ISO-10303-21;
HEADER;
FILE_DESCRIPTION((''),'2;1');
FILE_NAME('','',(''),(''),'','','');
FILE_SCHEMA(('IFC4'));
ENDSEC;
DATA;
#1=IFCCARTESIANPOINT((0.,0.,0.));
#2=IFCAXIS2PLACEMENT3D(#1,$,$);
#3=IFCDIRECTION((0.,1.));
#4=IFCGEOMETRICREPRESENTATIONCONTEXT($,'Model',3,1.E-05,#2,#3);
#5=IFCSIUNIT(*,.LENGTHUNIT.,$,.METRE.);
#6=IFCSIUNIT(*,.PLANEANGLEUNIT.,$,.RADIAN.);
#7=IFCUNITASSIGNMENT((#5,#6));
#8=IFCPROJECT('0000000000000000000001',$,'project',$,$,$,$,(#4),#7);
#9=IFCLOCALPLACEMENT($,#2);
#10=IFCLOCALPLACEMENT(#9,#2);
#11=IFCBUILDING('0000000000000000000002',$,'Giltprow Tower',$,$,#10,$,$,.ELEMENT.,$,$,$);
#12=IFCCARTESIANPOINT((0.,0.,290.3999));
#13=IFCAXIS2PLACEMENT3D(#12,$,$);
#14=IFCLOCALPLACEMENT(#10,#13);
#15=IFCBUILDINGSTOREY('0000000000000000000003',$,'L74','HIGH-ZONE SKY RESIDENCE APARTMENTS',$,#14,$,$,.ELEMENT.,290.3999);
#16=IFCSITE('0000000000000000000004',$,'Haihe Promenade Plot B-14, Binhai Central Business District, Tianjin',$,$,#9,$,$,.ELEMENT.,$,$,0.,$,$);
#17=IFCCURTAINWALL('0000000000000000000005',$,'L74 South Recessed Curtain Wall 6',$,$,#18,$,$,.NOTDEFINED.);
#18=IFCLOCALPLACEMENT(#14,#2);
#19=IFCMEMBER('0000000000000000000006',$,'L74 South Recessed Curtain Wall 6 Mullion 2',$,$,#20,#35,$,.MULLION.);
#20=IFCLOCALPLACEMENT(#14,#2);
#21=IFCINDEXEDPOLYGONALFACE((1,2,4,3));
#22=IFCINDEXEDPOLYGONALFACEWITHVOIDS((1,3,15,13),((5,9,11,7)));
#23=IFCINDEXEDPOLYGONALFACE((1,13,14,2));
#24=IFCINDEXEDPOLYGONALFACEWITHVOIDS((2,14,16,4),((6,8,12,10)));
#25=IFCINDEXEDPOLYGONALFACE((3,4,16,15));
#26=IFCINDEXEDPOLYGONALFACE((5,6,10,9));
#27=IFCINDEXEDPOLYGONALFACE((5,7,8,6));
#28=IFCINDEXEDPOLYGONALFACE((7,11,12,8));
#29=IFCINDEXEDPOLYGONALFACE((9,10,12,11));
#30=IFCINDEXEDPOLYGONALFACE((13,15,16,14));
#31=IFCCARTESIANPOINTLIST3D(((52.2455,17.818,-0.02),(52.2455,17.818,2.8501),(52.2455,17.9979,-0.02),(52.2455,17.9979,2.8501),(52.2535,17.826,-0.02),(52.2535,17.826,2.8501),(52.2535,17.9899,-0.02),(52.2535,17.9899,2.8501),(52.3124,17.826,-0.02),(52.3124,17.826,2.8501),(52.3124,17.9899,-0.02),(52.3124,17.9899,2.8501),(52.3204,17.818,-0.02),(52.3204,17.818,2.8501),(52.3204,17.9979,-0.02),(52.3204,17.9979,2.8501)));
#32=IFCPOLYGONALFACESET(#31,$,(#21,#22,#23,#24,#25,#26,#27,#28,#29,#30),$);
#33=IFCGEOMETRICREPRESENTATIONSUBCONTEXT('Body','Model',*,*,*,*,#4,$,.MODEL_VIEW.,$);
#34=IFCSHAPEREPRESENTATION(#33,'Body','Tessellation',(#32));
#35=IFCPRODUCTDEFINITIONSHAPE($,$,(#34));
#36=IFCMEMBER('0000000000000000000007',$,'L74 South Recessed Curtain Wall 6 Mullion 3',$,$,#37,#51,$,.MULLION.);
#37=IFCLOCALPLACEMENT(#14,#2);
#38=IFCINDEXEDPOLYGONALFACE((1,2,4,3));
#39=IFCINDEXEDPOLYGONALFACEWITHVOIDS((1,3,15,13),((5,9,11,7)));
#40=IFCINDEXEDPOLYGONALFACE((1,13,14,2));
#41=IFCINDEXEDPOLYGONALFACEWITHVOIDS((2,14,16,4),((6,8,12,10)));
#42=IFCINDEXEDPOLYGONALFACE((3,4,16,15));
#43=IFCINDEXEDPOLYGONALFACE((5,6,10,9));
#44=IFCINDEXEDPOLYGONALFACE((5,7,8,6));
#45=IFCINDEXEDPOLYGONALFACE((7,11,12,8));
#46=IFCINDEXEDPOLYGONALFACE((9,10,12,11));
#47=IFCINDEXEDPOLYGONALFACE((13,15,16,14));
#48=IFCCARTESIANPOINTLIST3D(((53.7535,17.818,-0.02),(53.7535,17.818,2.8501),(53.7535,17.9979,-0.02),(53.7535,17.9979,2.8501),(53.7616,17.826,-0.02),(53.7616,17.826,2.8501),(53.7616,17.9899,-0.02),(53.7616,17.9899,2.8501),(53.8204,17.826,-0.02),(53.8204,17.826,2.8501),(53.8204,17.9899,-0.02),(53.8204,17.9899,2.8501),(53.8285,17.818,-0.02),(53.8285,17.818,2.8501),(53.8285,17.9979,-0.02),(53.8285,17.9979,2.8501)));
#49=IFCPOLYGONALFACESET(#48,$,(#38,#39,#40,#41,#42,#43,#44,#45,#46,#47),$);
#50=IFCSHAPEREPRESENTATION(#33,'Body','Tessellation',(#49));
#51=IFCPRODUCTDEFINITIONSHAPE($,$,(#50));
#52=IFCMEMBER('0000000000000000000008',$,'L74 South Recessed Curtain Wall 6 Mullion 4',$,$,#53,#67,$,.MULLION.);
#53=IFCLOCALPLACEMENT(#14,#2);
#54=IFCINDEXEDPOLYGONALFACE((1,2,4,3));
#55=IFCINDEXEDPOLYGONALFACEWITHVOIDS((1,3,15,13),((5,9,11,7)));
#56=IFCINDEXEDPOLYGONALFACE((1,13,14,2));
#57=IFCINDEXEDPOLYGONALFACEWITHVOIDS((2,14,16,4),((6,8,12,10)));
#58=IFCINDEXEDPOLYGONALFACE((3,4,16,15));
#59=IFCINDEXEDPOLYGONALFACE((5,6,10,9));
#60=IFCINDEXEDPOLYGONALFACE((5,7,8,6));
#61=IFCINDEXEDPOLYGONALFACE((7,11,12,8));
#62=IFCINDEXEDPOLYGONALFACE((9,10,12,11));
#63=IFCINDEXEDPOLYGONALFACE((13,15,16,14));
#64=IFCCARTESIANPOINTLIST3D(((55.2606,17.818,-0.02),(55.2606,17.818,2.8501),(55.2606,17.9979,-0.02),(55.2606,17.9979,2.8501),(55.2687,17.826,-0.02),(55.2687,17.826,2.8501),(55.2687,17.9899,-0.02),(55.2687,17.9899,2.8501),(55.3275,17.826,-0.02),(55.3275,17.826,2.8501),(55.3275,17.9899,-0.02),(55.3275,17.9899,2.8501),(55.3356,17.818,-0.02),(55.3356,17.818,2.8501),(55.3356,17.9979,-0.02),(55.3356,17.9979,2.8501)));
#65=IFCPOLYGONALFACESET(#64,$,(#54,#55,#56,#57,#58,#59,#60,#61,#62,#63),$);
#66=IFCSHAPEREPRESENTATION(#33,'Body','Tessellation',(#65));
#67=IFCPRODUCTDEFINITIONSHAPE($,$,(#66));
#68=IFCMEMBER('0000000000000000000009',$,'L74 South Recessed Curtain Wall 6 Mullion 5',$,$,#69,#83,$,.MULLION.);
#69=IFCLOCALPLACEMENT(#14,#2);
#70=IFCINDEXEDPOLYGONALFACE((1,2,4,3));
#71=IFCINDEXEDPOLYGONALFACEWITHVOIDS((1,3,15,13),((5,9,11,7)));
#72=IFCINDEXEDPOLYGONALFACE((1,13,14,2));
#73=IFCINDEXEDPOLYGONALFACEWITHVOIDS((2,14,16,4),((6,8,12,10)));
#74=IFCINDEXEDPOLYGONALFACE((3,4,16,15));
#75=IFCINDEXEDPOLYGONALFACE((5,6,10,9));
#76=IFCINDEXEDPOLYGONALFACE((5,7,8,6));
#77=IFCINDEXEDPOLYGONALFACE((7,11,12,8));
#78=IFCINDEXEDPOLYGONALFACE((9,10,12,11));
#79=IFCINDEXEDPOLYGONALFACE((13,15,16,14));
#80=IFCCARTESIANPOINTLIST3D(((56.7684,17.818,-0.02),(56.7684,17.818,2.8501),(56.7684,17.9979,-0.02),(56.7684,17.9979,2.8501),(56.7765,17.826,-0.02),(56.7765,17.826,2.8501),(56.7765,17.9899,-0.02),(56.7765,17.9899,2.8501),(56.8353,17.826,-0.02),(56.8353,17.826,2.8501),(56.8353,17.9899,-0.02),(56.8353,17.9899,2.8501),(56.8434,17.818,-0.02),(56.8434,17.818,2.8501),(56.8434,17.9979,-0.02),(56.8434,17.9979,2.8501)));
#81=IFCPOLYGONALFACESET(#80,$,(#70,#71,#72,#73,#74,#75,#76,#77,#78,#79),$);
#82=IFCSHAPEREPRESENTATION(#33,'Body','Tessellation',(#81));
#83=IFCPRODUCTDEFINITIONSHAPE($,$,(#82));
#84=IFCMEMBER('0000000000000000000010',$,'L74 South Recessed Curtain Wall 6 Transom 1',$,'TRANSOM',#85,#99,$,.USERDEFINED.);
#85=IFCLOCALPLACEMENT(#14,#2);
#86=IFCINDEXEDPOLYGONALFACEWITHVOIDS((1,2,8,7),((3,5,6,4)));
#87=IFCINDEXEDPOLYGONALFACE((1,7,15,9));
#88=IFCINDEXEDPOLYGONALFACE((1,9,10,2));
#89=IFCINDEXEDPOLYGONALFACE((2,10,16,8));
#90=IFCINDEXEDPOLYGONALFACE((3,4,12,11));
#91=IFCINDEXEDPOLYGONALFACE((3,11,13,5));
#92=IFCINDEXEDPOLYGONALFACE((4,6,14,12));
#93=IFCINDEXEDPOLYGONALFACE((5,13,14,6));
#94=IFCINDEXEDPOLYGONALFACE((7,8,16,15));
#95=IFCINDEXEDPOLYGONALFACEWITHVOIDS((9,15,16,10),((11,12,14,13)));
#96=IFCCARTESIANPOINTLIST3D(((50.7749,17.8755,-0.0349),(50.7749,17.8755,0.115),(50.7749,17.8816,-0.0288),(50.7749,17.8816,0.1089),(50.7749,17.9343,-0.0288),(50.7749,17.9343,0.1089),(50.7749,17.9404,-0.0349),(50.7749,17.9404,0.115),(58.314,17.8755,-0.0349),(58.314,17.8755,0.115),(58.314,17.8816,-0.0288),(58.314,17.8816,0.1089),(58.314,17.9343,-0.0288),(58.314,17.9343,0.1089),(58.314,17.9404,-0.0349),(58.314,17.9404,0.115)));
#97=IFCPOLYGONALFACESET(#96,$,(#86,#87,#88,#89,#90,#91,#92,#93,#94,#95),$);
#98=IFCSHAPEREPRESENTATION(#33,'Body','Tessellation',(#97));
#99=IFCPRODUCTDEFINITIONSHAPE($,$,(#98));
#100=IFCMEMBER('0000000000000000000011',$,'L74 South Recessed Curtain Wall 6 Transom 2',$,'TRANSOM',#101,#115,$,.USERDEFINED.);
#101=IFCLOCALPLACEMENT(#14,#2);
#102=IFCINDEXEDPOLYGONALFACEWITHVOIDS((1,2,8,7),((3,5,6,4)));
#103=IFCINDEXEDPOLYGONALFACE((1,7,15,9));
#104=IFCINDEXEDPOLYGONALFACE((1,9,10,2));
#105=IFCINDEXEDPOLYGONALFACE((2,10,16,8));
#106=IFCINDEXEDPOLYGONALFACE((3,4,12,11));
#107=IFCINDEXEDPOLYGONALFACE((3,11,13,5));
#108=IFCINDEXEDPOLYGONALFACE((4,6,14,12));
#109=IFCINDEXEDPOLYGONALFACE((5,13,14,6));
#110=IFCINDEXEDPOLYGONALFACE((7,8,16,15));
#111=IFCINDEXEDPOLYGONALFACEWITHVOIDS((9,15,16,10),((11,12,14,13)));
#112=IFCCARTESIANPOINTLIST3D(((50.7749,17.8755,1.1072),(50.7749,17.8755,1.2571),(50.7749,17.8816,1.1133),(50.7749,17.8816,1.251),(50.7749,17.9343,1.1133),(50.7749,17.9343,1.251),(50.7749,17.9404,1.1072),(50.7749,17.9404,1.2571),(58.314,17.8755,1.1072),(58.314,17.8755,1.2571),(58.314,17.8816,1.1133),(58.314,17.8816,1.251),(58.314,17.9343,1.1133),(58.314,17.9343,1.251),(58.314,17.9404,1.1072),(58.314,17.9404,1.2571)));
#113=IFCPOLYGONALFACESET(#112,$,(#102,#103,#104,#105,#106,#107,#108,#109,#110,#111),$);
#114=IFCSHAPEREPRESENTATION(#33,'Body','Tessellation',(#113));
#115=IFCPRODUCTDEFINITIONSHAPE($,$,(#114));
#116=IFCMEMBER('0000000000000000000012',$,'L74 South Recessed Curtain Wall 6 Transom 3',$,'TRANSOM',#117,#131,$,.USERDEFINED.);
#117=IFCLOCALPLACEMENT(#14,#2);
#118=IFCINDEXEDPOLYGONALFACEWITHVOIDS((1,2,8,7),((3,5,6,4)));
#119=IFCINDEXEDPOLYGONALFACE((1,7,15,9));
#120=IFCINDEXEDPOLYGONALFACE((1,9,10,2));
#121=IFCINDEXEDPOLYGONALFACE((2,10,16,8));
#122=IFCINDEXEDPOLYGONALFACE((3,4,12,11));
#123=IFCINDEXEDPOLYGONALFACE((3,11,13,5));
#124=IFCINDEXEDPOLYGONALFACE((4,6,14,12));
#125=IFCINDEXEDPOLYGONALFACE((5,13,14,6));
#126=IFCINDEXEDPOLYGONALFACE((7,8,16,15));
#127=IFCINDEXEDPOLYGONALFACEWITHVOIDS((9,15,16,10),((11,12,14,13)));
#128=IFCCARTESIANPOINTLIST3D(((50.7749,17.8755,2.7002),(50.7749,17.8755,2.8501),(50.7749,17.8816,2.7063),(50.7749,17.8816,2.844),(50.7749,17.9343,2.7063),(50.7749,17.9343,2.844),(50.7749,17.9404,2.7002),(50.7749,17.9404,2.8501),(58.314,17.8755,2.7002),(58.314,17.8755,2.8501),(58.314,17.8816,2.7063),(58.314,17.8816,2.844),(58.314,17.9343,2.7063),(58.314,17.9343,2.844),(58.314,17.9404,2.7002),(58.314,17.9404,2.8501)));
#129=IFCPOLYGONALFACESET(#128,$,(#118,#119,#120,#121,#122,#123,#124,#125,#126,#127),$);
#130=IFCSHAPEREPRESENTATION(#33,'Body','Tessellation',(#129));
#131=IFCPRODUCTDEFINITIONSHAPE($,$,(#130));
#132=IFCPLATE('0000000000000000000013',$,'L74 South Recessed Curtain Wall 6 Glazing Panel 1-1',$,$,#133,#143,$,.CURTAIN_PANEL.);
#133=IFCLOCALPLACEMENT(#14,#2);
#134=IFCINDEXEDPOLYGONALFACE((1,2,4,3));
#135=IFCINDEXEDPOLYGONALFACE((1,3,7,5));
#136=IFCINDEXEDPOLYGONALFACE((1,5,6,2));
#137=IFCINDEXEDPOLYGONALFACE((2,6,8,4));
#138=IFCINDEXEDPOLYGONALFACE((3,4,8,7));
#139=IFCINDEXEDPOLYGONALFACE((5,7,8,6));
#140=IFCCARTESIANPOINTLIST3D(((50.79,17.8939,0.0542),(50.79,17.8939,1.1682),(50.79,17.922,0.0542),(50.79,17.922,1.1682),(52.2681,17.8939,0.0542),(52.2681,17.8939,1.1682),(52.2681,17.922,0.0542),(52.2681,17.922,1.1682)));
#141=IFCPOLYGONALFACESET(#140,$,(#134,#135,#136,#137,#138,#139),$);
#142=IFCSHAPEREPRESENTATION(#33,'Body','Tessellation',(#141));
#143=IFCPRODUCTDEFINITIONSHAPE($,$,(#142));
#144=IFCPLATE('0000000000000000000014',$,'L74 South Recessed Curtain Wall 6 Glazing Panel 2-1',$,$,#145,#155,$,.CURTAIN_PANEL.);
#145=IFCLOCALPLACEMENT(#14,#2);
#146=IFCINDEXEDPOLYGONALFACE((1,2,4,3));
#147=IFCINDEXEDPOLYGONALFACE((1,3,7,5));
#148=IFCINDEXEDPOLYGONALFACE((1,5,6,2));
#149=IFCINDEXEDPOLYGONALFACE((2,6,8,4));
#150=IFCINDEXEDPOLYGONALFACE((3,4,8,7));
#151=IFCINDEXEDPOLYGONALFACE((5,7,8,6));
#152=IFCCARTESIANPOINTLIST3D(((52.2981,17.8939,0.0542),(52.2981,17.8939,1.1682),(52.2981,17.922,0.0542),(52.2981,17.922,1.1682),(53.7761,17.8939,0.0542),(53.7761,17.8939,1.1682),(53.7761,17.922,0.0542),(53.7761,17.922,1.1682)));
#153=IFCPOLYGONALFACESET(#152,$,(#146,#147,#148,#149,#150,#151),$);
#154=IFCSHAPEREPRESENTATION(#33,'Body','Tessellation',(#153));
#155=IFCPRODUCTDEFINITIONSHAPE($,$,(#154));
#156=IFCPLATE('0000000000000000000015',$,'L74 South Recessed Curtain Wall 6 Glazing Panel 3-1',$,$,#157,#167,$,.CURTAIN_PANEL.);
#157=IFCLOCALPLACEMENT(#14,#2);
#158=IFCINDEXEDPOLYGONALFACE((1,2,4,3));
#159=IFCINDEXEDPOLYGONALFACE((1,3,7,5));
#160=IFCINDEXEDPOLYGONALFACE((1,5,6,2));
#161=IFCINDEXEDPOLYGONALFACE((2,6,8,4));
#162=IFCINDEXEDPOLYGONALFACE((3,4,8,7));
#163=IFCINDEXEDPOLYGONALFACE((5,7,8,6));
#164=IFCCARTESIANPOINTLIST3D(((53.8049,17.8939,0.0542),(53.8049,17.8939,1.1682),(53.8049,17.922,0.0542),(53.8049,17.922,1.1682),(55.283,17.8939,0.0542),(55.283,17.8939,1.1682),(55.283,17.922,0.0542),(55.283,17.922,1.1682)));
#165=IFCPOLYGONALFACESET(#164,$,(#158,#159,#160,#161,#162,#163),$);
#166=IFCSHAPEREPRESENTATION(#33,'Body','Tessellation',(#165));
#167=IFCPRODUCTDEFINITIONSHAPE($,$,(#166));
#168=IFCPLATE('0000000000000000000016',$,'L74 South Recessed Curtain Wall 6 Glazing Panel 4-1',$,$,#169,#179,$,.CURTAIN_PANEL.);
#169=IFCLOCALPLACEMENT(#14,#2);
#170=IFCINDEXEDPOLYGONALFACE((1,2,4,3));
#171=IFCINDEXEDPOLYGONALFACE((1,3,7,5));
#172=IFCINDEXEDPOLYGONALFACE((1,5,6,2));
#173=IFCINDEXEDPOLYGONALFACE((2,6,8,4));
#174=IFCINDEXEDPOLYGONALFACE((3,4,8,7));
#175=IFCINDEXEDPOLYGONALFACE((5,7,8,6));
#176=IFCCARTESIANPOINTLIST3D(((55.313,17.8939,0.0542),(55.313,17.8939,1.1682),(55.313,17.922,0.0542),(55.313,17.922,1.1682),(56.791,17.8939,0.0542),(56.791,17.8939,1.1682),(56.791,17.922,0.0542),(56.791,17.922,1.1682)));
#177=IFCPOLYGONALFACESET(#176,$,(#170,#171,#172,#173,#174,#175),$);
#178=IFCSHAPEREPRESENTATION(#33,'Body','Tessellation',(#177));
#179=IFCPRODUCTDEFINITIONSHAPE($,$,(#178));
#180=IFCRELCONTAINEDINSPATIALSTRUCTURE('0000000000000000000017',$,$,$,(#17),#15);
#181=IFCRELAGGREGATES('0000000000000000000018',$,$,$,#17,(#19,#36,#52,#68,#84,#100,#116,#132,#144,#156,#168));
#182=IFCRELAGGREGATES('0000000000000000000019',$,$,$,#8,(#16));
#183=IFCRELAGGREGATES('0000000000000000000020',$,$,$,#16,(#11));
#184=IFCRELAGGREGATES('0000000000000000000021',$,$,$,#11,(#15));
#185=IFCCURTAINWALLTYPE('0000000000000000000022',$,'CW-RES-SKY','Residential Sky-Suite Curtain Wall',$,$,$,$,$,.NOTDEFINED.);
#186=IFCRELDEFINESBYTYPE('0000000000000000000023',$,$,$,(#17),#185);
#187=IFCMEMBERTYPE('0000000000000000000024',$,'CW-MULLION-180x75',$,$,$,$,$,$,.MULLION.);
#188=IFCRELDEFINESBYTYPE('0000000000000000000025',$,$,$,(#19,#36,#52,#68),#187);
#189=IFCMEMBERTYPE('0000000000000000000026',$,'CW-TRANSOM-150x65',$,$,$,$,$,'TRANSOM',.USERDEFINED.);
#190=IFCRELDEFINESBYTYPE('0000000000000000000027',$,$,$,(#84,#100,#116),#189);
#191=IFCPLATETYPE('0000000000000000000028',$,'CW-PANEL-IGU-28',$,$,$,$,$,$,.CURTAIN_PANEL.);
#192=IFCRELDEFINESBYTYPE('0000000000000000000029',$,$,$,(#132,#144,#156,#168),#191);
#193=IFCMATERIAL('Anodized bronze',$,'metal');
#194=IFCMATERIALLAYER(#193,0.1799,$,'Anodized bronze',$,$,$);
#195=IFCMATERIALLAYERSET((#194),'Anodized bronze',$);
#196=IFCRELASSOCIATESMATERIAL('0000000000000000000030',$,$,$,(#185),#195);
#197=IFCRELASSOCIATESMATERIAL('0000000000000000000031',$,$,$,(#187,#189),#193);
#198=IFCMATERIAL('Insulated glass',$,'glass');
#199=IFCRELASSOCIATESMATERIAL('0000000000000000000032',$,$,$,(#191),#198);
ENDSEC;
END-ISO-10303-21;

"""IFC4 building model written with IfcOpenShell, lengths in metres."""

from ifc_helpers import new_model, si_unit, direction, frame, origin, origin_2d, place, context, subcontext, project, spatial, rectangle, hollow_rectangle, extrude, source, transform, mapped, material, layer, layer_set, material_profile, profile_set, type_object, element, aggregate, save


model = new_model("IFC4")

# Units and contexts
model_context = context("Model", 3, precision=1e-05, world=origin(), true_north=direction((0.0, 1.0)))
body_context = subcontext(model_context, "Body", "Model", "MODEL_VIEW")
ifc_project = project(units=[si_unit("LENGTHUNIT", "METRE"), si_unit("PLANEANGLEUNIT", "RADIAN")], contexts=[model_context])

# Site, building, storey
site_placement = place(None, origin())
site = spatial("IfcSite", under=ifc_project, at=site_placement, Name="Haihe Promenade Plot B-14, Binhai Central Business District, Tianjin", CompositionType="ELEMENT", RefElevation=0.0)
building_placement = place(site_placement, origin())
building = spatial("IfcBuilding", under=site, at=building_placement, Name="Giltprow Tower", CompositionType="ELEMENT")
storey_placement = place(building_placement, frame((0.0, 0.0, 290.3999)))
storey = spatial("IfcBuildingStorey", under=building, at=storey_placement, Name="L74", Description="HIGH-ZONE SKY RESIDENCE APARTMENTS", CompositionType="ELEMENT", Elevation=290.3999)

# Curtain wall, members, plates
ifc_material_1 = material(Name="Anodized bronze", Category="metal")
ifc_layer = layer(ifc_material_1, 0.1799, Name="Anodized bronze")
ifc_layer_set = layer_set([ifc_layer], Name="Anodized bronze")
curtain_wall_type = type_object("IfcCurtainWallType", Name="CW-RES-SKY", Description="Residential Sky-Suite Curtain Wall", PredefinedType="NOTDEFINED", material=ifc_layer_set)
curtain_wall_placement = place(storey_placement, origin())
curtain_wall = element("IfcCurtainWall", 1, at=curtain_wall_placement, inside=storey, type_object=curtain_wall_type, Name="L74 South Recessed Curtain Wall 6", PredefinedType="NOTDEFINED")
ifc_material_profile_1 = material_profile(ifc_material_1, hollow_rectangle(XDim=0.075, YDim=0.1799, WallThickness=0.0081, at=origin_2d()), Name="RHS 180x75x8")
ifc_profile_set_1 = profile_set([ifc_material_profile_1], Name="Anodized bronze")
member_type_1 = type_object("IfcMemberType", Name="CW-MULLION-180x75", PredefinedType="MULLION", material=ifc_profile_set_1)
shared_shape_1 = source(origin(), body_context, "Body", "SweptSolid", [
    extrude(hollow_rectangle(XDim=0.075, YDim=0.1799, WallThickness=0.0081, at=origin_2d()), origin(), (0.0, 0.0, 1.0), 2.8701),
])
member_1_placement = place(storey_placement, frame((52.283, 17.908, -0.02), z_axis=(0.0, 0.0, 1.0), x_axis=(1.0, 0.0, 0.0)))
member_1 = element("IfcMember", 2, at=member_1_placement, type_object=member_type_1, Name="L74 South Recessed Curtain Wall 6 Mullion 2", PredefinedType="MULLION", context=body_context, shape_type="MappedRepresentation", body=[
    mapped(shared_shape_1, transform((0.0, 0.0, 0.0), x_axis=(1.0, 0.0, 0.0), y_axis=(0.0, 1.0, 0.0), z_axis=(0.0, 0.0, 1.0), scale=1.0)),
])
member_2_placement = place(storey_placement, frame((53.791, 17.908, -0.02), z_axis=(0.0, 0.0, 1.0), x_axis=(1.0, 0.0, 0.0)))
member_2 = element("IfcMember", 3, at=member_2_placement, type_object=member_type_1, Name="L74 South Recessed Curtain Wall 6 Mullion 3", PredefinedType="MULLION", context=body_context, shape_type="MappedRepresentation", body=[
    mapped(shared_shape_1, transform((0.0, 0.0, 0.0), x_axis=(1.0, 0.0, 0.0), y_axis=(0.0, 1.0, 0.0), z_axis=(0.0, 0.0, 1.0), scale=1.0)),
])
member_3_placement = place(storey_placement, frame((55.2981, 17.908, -0.02), z_axis=(0.0, 0.0, 1.0), x_axis=(1.0, 0.0, 0.0)))
member_3 = element("IfcMember", 4, at=member_3_placement, type_object=member_type_1, Name="L74 South Recessed Curtain Wall 6 Mullion 4", PredefinedType="MULLION", context=body_context, shape_type="MappedRepresentation", body=[
    mapped(shared_shape_1, transform((0.0, 0.0, 0.0), x_axis=(1.0, 0.0, 0.0), y_axis=(0.0, 1.0, 0.0), z_axis=(0.0, 0.0, 1.0), scale=1.0)),
])
member_4_placement = place(storey_placement, frame((56.8059, 17.908, -0.02), z_axis=(0.0, 0.0, 1.0), x_axis=(1.0, 0.0, 0.0)))
member_4 = element("IfcMember", 5, at=member_4_placement, type_object=member_type_1, Name="L74 South Recessed Curtain Wall 6 Mullion 5", PredefinedType="MULLION", context=body_context, shape_type="MappedRepresentation", body=[
    mapped(shared_shape_1, transform((0.0, 0.0, 0.0), x_axis=(1.0, 0.0, 0.0), y_axis=(0.0, 1.0, 0.0), z_axis=(0.0, 0.0, 1.0), scale=1.0)),
])
ifc_material_profile_2 = material_profile(ifc_material_1, hollow_rectangle(XDim=0.0649, YDim=0.1499, WallThickness=0.0061, at=origin_2d()), Name="RHS 150x65x6")
ifc_profile_set_2 = profile_set([ifc_material_profile_2], Name="Anodized bronze")
member_type_2 = type_object("IfcMemberType", Name="CW-TRANSOM-150x65", ElementType="TRANSOM", PredefinedType="USERDEFINED", material=ifc_profile_set_2)
shared_shape_2 = source(origin(), body_context, "Body", "SweptSolid", [
    extrude(hollow_rectangle(XDim=0.0649, YDim=0.1499, WallThickness=0.0061, at=origin_2d()), origin(), (0.0, 0.0, 1.0), 7.5391),
])
member_5_placement = place(storey_placement, frame((50.7749, 17.908, 0.04), z_axis=(1.0, 0.0, 0.0), x_axis=(0.0, 1.0, 0.0)))
member_5 = element("IfcMember", 6, at=member_5_placement, type_object=member_type_2, Name="L74 South Recessed Curtain Wall 6 Transom 1", ObjectType="TRANSOM", PredefinedType="USERDEFINED", context=body_context, shape_type="MappedRepresentation", body=[
    mapped(shared_shape_2, transform((0.0, 0.0, 0.0), x_axis=(1.0, 0.0, 0.0), y_axis=(0.0, 1.0, 0.0), z_axis=(0.0, 0.0, 1.0), scale=1.0)),
])
member_6_placement = place(storey_placement, frame((50.7749, 17.908, 1.1821), z_axis=(1.0, 0.0, 0.0), x_axis=(0.0, 1.0, 0.0)))
member_6 = element("IfcMember", 7, at=member_6_placement, type_object=member_type_2, Name="L74 South Recessed Curtain Wall 6 Transom 2", ObjectType="TRANSOM", PredefinedType="USERDEFINED", context=body_context, shape_type="MappedRepresentation", body=[
    mapped(shared_shape_2, transform((0.0, 0.0, 0.0), x_axis=(1.0, 0.0, 0.0), y_axis=(0.0, 1.0, 0.0), z_axis=(0.0, 0.0, 1.0), scale=1.0)),
])
member_7_placement = place(storey_placement, frame((50.7749, 17.908, 2.7751), z_axis=(1.0, 0.0, 0.0), x_axis=(0.0, 1.0, 0.0)))
member_7 = element("IfcMember", 8, at=member_7_placement, type_object=member_type_2, Name="L74 South Recessed Curtain Wall 6 Transom 3", ObjectType="TRANSOM", PredefinedType="USERDEFINED", context=body_context, shape_type="MappedRepresentation", body=[
    mapped(shared_shape_2, transform((0.0, 0.0, 0.0), x_axis=(1.0, 0.0, 0.0), y_axis=(0.0, 1.0, 0.0), z_axis=(0.0, 0.0, 1.0), scale=1.0)),
])
ifc_material_2 = material(Name="Insulated glass", Category="glass")
plate_type = type_object("IfcPlateType", Name="CW-PANEL-IGU-28", PredefinedType="CURTAIN_PANEL", material=ifc_material_2)
shared_shape_3 = source(origin(), body_context, "Body", "SweptSolid", [
    extrude(rectangle(XDim=1.478, YDim=0.0281, at=origin_2d()), origin(), (0.0, 0.0, 1.0), 1.114),
])
plate_1_placement = place(storey_placement, frame((51.5291, 17.908, 0.0542), z_axis=(0.0, 0.0, 1.0), x_axis=(1.0, 0.0, 0.0)))
plate_1 = element("IfcPlate", 9, at=plate_1_placement, type_object=plate_type, Name="L74 South Recessed Curtain Wall 6 Glazing Panel 1-1", PredefinedType="CURTAIN_PANEL", context=body_context, shape_type="MappedRepresentation", body=[
    mapped(shared_shape_3, transform((0.0, 0.0, 0.0), x_axis=(1.0, 0.0, 0.0), y_axis=(0.0, 1.0, 0.0), z_axis=(0.0, 0.0, 1.0), scale=1.0)),
])
plate_2_placement = place(storey_placement, frame((53.0371, 17.908, 0.0542), z_axis=(0.0, 0.0, 1.0), x_axis=(1.0, 0.0, 0.0)))
plate_2 = element("IfcPlate", 10, at=plate_2_placement, type_object=plate_type, Name="L74 South Recessed Curtain Wall 6 Glazing Panel 2-1", PredefinedType="CURTAIN_PANEL", context=body_context, shape_type="MappedRepresentation", body=[
    mapped(shared_shape_3, transform((0.0, 0.0, 0.0), x_axis=(1.0, 0.0, 0.0), y_axis=(0.0, 1.0, 0.0), z_axis=(0.0, 0.0, 1.0), scale=1.0)),
])
plate_3_placement = place(storey_placement, frame((54.5439, 17.908, 0.0542), z_axis=(0.0, 0.0, 1.0), x_axis=(1.0, 0.0, 0.0)))
plate_3 = element("IfcPlate", 11, at=plate_3_placement, type_object=plate_type, Name="L74 South Recessed Curtain Wall 6 Glazing Panel 3-1", PredefinedType="CURTAIN_PANEL", context=body_context, shape_type="MappedRepresentation", body=[
    mapped(shared_shape_3, transform((0.0, 0.0, 0.0), x_axis=(1.0, 0.0, 0.0), y_axis=(0.0, 1.0, 0.0), z_axis=(0.0, 0.0, 1.0), scale=1.0)),
])
plate_4_placement = place(storey_placement, frame((56.052, 17.908, 0.0542), z_axis=(0.0, 0.0, 1.0), x_axis=(1.0, 0.0, 0.0)))
plate_4 = element("IfcPlate", 12, at=plate_4_placement, type_object=plate_type, Name="L74 South Recessed Curtain Wall 6 Glazing Panel 4-1", PredefinedType="CURTAIN_PANEL", context=body_context, shape_type="MappedRepresentation", body=[
    mapped(shared_shape_3, transform((0.0, 0.0, 0.0), x_axis=(1.0, 0.0, 0.0), y_axis=(0.0, 1.0, 0.0), z_axis=(0.0, 0.0, 1.0), scale=1.0)),
])
aggregate(curtain_wall, [member_1, member_2, member_3, member_4, member_5, member_6, member_7, plate_1, plate_2, plate_3, plate_4])

save(model, "model.ifc")
